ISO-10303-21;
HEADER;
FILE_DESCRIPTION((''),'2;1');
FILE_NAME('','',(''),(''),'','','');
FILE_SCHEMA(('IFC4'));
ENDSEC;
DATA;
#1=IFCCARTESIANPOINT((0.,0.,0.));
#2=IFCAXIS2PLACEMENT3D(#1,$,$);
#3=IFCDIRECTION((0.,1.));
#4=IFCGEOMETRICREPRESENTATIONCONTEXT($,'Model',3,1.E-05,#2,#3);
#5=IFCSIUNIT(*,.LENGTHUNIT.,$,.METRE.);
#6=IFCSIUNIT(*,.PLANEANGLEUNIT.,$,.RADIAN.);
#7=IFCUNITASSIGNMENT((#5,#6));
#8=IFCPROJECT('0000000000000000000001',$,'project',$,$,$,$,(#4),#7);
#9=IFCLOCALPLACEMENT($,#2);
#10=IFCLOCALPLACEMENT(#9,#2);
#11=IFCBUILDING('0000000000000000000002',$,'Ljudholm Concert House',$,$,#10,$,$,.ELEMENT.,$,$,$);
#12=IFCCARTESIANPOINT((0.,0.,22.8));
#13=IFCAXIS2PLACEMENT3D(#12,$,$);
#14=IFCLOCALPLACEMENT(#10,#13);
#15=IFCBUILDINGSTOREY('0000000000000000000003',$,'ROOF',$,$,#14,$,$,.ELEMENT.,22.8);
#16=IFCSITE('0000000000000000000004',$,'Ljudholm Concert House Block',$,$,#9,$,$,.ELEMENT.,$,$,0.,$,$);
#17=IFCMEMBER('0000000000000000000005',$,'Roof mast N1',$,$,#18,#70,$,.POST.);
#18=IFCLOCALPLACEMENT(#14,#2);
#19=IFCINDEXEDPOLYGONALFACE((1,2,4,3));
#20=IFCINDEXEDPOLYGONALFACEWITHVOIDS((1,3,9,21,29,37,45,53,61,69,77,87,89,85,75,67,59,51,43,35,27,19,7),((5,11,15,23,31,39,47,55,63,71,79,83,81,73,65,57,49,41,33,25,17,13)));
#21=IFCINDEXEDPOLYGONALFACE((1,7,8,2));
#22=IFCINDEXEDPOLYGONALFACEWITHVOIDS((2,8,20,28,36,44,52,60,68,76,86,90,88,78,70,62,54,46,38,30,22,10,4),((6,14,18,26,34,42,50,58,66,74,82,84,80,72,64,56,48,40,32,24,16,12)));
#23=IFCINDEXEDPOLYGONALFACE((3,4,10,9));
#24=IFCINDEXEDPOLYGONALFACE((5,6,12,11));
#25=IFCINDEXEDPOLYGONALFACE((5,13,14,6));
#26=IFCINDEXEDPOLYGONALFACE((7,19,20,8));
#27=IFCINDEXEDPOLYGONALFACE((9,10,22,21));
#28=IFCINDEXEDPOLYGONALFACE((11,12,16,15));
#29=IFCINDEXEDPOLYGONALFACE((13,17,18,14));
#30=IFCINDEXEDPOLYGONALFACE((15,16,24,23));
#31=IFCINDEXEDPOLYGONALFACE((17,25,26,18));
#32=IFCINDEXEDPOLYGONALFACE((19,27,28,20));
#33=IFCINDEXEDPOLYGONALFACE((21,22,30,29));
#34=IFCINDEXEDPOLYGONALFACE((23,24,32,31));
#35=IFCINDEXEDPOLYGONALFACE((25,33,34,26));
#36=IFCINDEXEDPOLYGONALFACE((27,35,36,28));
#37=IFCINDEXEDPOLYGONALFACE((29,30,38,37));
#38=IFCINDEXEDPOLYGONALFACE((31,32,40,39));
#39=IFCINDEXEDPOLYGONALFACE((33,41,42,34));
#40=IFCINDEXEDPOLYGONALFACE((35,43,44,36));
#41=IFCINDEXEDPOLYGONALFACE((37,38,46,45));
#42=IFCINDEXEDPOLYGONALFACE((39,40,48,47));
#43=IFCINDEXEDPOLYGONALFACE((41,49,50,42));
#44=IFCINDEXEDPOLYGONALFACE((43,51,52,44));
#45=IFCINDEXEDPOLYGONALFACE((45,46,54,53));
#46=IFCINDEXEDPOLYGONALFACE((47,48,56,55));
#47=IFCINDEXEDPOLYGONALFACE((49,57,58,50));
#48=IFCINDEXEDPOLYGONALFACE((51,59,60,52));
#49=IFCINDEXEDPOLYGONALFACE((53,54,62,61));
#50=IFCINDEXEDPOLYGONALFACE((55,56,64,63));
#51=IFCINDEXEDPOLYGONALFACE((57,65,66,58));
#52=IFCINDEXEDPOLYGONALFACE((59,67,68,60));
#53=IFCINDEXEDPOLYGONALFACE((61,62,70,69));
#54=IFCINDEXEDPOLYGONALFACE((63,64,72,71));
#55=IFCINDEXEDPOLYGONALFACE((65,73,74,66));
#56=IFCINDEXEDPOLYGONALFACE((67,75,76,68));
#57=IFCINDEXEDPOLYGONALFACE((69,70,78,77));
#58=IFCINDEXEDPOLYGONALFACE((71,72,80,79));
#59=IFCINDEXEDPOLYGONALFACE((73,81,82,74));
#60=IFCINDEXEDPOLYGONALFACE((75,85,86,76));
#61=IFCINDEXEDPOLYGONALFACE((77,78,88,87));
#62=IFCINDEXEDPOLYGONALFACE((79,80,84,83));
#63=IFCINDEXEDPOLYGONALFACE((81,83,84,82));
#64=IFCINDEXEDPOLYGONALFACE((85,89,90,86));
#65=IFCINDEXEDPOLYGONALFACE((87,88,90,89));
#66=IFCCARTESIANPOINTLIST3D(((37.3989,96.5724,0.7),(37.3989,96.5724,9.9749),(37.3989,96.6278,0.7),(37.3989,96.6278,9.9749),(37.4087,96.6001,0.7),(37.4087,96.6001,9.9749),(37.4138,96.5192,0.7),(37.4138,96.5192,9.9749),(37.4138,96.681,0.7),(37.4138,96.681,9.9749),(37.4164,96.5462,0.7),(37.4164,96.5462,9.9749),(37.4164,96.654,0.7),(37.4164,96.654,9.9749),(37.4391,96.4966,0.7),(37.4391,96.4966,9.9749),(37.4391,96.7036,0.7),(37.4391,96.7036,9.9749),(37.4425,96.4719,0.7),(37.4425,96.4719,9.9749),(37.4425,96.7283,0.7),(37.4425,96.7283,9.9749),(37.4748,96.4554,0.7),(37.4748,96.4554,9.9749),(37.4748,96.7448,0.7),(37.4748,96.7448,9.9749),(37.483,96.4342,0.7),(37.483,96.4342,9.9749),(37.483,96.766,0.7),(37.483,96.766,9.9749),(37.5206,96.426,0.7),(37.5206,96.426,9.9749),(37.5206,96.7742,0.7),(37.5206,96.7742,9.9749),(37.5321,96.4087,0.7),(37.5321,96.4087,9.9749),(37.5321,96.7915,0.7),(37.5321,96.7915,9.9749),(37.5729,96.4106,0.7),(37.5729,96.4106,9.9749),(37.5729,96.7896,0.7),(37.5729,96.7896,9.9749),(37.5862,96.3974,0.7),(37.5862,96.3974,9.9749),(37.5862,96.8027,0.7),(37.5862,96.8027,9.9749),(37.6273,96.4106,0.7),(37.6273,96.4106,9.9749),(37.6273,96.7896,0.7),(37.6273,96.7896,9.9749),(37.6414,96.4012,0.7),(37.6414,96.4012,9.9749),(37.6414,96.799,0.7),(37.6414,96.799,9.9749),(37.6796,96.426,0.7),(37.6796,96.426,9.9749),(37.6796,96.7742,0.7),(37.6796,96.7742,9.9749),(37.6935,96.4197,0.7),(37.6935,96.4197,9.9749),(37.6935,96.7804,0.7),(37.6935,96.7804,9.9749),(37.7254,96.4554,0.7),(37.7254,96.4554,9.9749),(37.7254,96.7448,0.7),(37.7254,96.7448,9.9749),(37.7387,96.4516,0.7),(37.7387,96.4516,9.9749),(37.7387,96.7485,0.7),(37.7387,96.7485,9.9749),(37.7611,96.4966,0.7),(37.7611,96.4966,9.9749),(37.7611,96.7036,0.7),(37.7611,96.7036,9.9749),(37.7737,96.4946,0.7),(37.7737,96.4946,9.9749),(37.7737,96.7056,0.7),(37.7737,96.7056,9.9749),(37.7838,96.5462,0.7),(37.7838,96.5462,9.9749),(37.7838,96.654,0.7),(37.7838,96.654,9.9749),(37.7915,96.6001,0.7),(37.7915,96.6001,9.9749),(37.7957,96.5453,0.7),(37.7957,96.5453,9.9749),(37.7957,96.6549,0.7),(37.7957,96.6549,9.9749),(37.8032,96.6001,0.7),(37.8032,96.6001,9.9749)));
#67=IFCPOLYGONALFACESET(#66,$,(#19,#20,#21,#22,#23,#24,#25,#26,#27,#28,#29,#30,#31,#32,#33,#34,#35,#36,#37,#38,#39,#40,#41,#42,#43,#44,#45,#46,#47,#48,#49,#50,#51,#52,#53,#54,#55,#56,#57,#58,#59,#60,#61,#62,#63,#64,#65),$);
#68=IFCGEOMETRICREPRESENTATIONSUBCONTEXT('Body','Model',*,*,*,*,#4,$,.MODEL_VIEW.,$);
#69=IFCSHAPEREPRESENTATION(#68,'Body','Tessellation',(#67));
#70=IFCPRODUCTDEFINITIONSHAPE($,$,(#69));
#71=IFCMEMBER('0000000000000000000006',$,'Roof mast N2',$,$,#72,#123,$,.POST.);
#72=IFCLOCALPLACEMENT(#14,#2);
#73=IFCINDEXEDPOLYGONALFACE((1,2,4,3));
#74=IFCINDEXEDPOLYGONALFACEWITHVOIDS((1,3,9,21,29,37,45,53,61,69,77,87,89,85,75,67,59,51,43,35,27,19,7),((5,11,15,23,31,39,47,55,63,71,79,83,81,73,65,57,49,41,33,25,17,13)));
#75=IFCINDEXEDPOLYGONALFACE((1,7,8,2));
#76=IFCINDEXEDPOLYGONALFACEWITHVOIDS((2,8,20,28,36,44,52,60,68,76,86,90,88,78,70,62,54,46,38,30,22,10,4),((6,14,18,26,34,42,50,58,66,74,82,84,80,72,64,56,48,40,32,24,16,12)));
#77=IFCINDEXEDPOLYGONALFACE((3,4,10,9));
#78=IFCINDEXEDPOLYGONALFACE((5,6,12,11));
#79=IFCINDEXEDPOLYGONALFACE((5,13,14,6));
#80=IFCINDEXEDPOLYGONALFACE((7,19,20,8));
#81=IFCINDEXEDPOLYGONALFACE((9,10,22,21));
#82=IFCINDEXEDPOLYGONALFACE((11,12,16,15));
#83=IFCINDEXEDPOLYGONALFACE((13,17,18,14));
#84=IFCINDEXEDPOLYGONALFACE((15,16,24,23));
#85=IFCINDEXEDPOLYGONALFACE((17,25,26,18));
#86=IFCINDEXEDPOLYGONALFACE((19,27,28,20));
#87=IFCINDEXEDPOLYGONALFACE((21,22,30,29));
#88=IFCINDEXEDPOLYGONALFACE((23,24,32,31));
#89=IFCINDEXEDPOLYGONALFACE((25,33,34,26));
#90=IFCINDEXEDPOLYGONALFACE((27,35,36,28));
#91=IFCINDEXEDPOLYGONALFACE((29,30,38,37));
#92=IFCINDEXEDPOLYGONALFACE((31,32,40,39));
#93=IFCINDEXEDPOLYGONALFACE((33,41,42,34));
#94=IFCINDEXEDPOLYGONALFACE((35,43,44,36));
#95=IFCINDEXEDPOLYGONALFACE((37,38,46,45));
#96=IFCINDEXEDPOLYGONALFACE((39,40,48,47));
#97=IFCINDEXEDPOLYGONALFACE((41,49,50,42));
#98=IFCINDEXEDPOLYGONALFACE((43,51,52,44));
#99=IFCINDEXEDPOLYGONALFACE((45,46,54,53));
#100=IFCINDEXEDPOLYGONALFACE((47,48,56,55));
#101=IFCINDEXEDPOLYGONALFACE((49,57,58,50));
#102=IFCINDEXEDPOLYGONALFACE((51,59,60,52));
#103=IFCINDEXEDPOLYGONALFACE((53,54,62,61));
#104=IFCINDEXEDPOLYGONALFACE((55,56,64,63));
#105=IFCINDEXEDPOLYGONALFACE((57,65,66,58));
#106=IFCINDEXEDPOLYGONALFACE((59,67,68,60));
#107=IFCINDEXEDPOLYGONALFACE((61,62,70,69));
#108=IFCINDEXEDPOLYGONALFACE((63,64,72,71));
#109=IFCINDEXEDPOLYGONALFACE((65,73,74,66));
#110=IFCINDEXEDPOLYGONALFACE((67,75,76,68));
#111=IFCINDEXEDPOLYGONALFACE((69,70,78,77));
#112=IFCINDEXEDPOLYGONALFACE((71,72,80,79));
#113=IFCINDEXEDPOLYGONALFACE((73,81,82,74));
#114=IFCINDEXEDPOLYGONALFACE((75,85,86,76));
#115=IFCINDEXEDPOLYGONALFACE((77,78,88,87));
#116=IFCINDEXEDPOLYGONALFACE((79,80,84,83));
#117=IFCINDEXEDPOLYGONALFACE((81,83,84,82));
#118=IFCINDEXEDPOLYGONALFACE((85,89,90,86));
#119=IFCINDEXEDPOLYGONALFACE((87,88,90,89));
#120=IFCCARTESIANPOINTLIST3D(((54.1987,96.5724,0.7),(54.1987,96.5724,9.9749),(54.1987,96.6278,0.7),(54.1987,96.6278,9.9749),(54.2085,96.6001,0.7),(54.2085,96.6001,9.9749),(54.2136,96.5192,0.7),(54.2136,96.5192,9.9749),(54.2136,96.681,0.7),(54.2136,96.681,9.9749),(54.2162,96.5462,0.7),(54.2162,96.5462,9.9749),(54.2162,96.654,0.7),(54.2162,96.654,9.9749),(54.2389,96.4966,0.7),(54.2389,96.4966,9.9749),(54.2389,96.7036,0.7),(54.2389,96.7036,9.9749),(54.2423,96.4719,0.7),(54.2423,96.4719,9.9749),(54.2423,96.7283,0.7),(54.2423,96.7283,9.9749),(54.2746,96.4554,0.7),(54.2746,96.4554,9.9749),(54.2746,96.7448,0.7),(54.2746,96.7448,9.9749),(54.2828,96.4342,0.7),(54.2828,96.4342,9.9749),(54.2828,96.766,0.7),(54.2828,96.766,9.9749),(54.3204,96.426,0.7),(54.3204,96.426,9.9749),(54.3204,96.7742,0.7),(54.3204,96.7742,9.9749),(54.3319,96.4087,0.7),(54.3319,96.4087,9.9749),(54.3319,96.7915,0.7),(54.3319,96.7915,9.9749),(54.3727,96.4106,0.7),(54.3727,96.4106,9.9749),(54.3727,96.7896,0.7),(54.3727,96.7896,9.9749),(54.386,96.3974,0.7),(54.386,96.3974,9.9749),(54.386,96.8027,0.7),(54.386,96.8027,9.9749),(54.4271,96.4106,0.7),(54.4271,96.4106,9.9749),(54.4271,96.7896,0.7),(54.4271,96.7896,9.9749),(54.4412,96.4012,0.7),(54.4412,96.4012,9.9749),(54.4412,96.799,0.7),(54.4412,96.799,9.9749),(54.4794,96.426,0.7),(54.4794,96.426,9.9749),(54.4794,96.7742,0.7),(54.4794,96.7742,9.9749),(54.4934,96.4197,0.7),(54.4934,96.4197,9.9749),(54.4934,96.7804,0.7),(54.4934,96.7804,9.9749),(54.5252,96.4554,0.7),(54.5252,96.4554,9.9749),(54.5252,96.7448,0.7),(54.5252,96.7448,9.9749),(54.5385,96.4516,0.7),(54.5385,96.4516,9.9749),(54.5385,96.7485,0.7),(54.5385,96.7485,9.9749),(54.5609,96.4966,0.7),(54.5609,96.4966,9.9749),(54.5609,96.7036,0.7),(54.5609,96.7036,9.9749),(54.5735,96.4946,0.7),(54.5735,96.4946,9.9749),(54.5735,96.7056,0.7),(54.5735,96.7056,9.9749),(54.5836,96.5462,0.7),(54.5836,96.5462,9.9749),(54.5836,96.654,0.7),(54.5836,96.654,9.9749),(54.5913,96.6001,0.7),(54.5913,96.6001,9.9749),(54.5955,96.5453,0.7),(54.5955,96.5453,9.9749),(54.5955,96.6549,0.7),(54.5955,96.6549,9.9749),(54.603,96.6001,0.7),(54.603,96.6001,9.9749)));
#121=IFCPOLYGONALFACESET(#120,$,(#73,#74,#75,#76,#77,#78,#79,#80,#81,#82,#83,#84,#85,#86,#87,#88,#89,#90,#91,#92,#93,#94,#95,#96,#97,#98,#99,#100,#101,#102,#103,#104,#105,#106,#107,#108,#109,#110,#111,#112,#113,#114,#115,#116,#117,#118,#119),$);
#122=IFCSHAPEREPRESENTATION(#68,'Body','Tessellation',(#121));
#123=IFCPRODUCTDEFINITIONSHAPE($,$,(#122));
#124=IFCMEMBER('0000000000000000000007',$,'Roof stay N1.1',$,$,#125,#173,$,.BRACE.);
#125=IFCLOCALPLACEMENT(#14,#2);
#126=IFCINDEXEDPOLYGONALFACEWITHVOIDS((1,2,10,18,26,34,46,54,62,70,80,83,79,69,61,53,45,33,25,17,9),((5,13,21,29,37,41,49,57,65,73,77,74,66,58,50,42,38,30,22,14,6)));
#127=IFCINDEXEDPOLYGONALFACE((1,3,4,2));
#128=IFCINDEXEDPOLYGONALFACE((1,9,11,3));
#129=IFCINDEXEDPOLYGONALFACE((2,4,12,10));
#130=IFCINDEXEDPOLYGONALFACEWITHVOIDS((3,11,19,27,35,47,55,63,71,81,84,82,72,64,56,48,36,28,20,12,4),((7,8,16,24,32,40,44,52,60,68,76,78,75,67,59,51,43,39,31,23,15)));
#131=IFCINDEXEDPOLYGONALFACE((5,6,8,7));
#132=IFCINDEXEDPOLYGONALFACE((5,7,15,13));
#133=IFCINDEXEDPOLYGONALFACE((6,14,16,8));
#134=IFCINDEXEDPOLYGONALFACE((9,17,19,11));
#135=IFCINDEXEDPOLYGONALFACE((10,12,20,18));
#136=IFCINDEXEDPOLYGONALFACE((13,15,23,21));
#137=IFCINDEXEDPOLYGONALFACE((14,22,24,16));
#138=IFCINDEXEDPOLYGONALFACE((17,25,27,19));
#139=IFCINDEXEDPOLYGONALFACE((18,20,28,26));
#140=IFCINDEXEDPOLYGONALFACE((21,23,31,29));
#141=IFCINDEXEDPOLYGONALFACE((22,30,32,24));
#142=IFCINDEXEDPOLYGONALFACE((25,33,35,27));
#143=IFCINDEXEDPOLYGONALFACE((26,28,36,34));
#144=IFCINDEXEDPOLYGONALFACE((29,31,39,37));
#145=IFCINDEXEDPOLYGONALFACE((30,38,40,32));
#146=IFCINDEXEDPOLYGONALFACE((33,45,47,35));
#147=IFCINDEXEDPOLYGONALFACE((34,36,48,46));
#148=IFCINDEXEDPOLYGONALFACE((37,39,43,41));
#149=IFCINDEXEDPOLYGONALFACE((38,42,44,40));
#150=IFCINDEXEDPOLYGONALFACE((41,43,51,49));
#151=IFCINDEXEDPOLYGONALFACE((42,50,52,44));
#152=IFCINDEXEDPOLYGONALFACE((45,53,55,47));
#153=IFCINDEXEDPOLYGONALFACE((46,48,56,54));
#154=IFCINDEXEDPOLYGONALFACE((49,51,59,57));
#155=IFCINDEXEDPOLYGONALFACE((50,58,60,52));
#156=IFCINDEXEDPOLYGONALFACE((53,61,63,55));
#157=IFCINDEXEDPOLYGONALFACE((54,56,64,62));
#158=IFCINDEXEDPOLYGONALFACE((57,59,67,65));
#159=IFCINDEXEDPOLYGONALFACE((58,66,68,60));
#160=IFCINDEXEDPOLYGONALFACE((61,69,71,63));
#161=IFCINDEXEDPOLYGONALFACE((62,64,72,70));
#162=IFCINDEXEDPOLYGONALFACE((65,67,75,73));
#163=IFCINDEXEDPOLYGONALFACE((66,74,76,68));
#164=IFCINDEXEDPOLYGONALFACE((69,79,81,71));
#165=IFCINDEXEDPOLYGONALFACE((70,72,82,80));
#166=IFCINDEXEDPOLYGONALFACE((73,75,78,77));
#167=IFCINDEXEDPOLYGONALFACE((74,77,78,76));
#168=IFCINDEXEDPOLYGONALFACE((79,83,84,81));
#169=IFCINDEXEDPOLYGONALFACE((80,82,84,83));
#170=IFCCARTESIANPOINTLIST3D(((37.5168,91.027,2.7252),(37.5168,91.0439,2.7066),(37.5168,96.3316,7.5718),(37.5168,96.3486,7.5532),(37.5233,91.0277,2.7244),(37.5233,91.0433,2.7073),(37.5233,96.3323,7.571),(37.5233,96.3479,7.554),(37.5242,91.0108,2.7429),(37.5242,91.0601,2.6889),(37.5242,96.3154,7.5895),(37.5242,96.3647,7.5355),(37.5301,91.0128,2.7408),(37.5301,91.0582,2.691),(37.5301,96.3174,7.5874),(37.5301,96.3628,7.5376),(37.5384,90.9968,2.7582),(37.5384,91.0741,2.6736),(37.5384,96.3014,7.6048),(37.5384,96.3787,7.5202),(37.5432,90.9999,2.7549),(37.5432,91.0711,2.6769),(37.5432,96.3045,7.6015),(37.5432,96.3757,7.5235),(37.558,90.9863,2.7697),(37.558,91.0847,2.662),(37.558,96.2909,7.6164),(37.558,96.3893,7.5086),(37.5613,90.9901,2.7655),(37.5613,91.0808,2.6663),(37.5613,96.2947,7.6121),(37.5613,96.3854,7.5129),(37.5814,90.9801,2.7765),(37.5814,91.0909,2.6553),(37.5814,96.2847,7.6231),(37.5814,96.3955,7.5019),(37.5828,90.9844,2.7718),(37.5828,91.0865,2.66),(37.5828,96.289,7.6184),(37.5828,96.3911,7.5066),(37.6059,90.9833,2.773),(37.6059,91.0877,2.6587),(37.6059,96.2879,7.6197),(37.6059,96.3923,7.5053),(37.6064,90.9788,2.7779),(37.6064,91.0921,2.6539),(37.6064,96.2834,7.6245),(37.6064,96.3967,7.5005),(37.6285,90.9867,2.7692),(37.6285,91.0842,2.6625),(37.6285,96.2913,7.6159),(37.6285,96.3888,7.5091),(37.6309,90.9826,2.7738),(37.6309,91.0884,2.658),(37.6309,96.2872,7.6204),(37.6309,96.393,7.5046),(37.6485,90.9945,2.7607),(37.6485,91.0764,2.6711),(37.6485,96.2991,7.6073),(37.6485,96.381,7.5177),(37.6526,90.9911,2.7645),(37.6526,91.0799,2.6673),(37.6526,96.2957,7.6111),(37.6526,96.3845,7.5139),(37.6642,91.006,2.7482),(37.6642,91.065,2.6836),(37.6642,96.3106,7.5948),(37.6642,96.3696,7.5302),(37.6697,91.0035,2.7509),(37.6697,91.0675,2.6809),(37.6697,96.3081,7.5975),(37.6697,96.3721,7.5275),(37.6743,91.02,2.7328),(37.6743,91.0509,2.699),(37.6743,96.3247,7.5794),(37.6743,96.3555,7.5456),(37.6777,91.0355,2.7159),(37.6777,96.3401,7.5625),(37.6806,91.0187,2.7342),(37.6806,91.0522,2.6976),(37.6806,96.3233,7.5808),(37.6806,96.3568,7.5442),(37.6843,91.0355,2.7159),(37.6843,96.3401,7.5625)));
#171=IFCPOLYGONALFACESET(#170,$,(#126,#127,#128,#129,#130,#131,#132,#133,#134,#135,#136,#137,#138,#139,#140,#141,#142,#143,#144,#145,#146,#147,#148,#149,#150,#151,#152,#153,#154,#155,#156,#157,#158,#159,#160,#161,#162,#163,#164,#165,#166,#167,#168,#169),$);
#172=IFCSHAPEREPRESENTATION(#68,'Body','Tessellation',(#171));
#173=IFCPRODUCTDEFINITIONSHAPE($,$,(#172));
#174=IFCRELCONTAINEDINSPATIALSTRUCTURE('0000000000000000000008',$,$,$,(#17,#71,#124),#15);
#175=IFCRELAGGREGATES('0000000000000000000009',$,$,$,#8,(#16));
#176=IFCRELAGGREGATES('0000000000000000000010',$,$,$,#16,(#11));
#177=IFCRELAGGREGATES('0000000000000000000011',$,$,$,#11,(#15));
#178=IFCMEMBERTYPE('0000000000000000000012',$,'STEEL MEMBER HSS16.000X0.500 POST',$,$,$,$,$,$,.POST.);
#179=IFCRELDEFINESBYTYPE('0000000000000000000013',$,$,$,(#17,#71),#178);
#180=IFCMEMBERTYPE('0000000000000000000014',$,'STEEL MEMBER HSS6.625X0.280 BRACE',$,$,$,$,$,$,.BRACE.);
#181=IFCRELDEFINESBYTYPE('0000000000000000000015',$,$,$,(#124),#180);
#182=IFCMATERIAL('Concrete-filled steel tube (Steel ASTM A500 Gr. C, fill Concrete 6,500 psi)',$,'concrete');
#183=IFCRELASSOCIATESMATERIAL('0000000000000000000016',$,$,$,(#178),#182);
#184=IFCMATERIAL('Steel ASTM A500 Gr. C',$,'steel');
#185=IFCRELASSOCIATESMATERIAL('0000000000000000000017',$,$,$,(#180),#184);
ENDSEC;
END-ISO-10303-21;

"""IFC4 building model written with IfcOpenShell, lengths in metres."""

from ifc_helpers import new_model, si_unit, direction, frame, origin, origin_2d, place, context, subcontext, project, spatial, hollow_circle, extrude, material, material_profile, profile_set, type_object, element, save


model = new_model("IFC4")

# Units and contexts
model_context = context("Model", 3, precision=1e-05, world=origin(), true_north=direction((0.0, 1.0)))
body_context = subcontext(model_context, "Body", "Model", "MODEL_VIEW")
ifc_project = project(units=[si_unit("LENGTHUNIT", "METRE"), si_unit("PLANEANGLEUNIT", "RADIAN")], contexts=[model_context])

# Site, building, storey
site_placement = place(None, origin())
site = spatial("IfcSite", under=ifc_project, at=site_placement, Name="Ljudholm Concert House Block", CompositionType="ELEMENT", RefElevation=0.0)
building_placement = place(site_placement, origin())
building = spatial("IfcBuilding", under=site, at=building_placement, Name="Ljudholm Concert House", CompositionType="ELEMENT")
storey_placement = place(building_placement, frame((0.0, 0.0, 22.8)))
storey = spatial("IfcBuildingStorey", under=building, at=storey_placement, Name="ROOF", CompositionType="ELEMENT", Elevation=22.8)

# Members
ifc_material_1 = material(Name="Concrete-filled steel tube (Steel ASTM A500 Gr. C, fill Concrete 6,500 psi)", Category="concrete")
ifc_material_profile_1 = material_profile(ifc_material_1, hollow_circle(Radius=0.2031, WallThickness=0.0117, at=origin_2d()), Name="HSS16.000X0.500")
ifc_profile_set_1 = profile_set([ifc_material_profile_1], Name="Concrete-filled steel tube (Steel ASTM A500 Gr. C, fill Concrete 6,500 psi)")
member_type_1 = type_object("IfcMemberType", Name="STEEL MEMBER HSS16.000X0.500 POST", PredefinedType="POST", material=ifc_profile_set_1)
for number, where, z_axis, x_axis, name in (
    (1, (37.6001, 96.6001, 0.7), (0.0, 0.0, 1.0), (1.0, 0.0, 0.0), "Roof mast N1"),
    (2, (54.3999, 96.6001, 0.7), (0.0, 0.0, 1.0), (1.0, 0.0, 0.0), "Roof mast N2"),
):
    element("IfcMember", number, at=place(storey_placement, frame(where, z_axis=z_axis, x_axis=x_axis)), inside=storey, type_object=member_type_1, Name=name, PredefinedType="POST", context=body_context, shape_type="SweptSolid", body=[
        extrude(hollow_circle(Radius=0.2031, WallThickness=0.0117, at=origin_2d()), origin(), (0.0, 0.0, 1.0), 9.2749),
    ])
ifc_material_2 = material(Name="Steel ASTM A500 Gr. C", Category="steel")
ifc_material_profile_2 = material_profile(ifc_material_2, hollow_circle(Radius=0.0842, WallThickness=0.0066, at=origin_2d()), Name="HSS6.625X0.280")
ifc_profile_set_2 = profile_set([ifc_material_profile_2], Name="Steel ASTM A500 Gr. C")
member_type_2 = type_object("IfcMemberType", Name="STEEL MEMBER HSS6.625X0.280 BRACE", PredefinedType="BRACE", material=ifc_profile_set_2)
member_1_placement = place(storey_placement, frame((37.6001, 96.3401, 7.5625), z_axis=(0.0, -0.738259, -0.674517), x_axis=(1.0, 0.0, 0.0)))
element("IfcMember", 3, at=member_1_placement, inside=storey, type_object=member_type_2, Name="Roof stay N1.1", PredefinedType="BRACE", context=body_context, shape_type="SweptSolid", body=[
    extrude(hollow_circle(Radius=0.0842, WallThickness=0.0066, at=origin_2d()), origin(), (0.0, 0.0, 1.0), 7.1853),
])

save(model, "model.ifc")
